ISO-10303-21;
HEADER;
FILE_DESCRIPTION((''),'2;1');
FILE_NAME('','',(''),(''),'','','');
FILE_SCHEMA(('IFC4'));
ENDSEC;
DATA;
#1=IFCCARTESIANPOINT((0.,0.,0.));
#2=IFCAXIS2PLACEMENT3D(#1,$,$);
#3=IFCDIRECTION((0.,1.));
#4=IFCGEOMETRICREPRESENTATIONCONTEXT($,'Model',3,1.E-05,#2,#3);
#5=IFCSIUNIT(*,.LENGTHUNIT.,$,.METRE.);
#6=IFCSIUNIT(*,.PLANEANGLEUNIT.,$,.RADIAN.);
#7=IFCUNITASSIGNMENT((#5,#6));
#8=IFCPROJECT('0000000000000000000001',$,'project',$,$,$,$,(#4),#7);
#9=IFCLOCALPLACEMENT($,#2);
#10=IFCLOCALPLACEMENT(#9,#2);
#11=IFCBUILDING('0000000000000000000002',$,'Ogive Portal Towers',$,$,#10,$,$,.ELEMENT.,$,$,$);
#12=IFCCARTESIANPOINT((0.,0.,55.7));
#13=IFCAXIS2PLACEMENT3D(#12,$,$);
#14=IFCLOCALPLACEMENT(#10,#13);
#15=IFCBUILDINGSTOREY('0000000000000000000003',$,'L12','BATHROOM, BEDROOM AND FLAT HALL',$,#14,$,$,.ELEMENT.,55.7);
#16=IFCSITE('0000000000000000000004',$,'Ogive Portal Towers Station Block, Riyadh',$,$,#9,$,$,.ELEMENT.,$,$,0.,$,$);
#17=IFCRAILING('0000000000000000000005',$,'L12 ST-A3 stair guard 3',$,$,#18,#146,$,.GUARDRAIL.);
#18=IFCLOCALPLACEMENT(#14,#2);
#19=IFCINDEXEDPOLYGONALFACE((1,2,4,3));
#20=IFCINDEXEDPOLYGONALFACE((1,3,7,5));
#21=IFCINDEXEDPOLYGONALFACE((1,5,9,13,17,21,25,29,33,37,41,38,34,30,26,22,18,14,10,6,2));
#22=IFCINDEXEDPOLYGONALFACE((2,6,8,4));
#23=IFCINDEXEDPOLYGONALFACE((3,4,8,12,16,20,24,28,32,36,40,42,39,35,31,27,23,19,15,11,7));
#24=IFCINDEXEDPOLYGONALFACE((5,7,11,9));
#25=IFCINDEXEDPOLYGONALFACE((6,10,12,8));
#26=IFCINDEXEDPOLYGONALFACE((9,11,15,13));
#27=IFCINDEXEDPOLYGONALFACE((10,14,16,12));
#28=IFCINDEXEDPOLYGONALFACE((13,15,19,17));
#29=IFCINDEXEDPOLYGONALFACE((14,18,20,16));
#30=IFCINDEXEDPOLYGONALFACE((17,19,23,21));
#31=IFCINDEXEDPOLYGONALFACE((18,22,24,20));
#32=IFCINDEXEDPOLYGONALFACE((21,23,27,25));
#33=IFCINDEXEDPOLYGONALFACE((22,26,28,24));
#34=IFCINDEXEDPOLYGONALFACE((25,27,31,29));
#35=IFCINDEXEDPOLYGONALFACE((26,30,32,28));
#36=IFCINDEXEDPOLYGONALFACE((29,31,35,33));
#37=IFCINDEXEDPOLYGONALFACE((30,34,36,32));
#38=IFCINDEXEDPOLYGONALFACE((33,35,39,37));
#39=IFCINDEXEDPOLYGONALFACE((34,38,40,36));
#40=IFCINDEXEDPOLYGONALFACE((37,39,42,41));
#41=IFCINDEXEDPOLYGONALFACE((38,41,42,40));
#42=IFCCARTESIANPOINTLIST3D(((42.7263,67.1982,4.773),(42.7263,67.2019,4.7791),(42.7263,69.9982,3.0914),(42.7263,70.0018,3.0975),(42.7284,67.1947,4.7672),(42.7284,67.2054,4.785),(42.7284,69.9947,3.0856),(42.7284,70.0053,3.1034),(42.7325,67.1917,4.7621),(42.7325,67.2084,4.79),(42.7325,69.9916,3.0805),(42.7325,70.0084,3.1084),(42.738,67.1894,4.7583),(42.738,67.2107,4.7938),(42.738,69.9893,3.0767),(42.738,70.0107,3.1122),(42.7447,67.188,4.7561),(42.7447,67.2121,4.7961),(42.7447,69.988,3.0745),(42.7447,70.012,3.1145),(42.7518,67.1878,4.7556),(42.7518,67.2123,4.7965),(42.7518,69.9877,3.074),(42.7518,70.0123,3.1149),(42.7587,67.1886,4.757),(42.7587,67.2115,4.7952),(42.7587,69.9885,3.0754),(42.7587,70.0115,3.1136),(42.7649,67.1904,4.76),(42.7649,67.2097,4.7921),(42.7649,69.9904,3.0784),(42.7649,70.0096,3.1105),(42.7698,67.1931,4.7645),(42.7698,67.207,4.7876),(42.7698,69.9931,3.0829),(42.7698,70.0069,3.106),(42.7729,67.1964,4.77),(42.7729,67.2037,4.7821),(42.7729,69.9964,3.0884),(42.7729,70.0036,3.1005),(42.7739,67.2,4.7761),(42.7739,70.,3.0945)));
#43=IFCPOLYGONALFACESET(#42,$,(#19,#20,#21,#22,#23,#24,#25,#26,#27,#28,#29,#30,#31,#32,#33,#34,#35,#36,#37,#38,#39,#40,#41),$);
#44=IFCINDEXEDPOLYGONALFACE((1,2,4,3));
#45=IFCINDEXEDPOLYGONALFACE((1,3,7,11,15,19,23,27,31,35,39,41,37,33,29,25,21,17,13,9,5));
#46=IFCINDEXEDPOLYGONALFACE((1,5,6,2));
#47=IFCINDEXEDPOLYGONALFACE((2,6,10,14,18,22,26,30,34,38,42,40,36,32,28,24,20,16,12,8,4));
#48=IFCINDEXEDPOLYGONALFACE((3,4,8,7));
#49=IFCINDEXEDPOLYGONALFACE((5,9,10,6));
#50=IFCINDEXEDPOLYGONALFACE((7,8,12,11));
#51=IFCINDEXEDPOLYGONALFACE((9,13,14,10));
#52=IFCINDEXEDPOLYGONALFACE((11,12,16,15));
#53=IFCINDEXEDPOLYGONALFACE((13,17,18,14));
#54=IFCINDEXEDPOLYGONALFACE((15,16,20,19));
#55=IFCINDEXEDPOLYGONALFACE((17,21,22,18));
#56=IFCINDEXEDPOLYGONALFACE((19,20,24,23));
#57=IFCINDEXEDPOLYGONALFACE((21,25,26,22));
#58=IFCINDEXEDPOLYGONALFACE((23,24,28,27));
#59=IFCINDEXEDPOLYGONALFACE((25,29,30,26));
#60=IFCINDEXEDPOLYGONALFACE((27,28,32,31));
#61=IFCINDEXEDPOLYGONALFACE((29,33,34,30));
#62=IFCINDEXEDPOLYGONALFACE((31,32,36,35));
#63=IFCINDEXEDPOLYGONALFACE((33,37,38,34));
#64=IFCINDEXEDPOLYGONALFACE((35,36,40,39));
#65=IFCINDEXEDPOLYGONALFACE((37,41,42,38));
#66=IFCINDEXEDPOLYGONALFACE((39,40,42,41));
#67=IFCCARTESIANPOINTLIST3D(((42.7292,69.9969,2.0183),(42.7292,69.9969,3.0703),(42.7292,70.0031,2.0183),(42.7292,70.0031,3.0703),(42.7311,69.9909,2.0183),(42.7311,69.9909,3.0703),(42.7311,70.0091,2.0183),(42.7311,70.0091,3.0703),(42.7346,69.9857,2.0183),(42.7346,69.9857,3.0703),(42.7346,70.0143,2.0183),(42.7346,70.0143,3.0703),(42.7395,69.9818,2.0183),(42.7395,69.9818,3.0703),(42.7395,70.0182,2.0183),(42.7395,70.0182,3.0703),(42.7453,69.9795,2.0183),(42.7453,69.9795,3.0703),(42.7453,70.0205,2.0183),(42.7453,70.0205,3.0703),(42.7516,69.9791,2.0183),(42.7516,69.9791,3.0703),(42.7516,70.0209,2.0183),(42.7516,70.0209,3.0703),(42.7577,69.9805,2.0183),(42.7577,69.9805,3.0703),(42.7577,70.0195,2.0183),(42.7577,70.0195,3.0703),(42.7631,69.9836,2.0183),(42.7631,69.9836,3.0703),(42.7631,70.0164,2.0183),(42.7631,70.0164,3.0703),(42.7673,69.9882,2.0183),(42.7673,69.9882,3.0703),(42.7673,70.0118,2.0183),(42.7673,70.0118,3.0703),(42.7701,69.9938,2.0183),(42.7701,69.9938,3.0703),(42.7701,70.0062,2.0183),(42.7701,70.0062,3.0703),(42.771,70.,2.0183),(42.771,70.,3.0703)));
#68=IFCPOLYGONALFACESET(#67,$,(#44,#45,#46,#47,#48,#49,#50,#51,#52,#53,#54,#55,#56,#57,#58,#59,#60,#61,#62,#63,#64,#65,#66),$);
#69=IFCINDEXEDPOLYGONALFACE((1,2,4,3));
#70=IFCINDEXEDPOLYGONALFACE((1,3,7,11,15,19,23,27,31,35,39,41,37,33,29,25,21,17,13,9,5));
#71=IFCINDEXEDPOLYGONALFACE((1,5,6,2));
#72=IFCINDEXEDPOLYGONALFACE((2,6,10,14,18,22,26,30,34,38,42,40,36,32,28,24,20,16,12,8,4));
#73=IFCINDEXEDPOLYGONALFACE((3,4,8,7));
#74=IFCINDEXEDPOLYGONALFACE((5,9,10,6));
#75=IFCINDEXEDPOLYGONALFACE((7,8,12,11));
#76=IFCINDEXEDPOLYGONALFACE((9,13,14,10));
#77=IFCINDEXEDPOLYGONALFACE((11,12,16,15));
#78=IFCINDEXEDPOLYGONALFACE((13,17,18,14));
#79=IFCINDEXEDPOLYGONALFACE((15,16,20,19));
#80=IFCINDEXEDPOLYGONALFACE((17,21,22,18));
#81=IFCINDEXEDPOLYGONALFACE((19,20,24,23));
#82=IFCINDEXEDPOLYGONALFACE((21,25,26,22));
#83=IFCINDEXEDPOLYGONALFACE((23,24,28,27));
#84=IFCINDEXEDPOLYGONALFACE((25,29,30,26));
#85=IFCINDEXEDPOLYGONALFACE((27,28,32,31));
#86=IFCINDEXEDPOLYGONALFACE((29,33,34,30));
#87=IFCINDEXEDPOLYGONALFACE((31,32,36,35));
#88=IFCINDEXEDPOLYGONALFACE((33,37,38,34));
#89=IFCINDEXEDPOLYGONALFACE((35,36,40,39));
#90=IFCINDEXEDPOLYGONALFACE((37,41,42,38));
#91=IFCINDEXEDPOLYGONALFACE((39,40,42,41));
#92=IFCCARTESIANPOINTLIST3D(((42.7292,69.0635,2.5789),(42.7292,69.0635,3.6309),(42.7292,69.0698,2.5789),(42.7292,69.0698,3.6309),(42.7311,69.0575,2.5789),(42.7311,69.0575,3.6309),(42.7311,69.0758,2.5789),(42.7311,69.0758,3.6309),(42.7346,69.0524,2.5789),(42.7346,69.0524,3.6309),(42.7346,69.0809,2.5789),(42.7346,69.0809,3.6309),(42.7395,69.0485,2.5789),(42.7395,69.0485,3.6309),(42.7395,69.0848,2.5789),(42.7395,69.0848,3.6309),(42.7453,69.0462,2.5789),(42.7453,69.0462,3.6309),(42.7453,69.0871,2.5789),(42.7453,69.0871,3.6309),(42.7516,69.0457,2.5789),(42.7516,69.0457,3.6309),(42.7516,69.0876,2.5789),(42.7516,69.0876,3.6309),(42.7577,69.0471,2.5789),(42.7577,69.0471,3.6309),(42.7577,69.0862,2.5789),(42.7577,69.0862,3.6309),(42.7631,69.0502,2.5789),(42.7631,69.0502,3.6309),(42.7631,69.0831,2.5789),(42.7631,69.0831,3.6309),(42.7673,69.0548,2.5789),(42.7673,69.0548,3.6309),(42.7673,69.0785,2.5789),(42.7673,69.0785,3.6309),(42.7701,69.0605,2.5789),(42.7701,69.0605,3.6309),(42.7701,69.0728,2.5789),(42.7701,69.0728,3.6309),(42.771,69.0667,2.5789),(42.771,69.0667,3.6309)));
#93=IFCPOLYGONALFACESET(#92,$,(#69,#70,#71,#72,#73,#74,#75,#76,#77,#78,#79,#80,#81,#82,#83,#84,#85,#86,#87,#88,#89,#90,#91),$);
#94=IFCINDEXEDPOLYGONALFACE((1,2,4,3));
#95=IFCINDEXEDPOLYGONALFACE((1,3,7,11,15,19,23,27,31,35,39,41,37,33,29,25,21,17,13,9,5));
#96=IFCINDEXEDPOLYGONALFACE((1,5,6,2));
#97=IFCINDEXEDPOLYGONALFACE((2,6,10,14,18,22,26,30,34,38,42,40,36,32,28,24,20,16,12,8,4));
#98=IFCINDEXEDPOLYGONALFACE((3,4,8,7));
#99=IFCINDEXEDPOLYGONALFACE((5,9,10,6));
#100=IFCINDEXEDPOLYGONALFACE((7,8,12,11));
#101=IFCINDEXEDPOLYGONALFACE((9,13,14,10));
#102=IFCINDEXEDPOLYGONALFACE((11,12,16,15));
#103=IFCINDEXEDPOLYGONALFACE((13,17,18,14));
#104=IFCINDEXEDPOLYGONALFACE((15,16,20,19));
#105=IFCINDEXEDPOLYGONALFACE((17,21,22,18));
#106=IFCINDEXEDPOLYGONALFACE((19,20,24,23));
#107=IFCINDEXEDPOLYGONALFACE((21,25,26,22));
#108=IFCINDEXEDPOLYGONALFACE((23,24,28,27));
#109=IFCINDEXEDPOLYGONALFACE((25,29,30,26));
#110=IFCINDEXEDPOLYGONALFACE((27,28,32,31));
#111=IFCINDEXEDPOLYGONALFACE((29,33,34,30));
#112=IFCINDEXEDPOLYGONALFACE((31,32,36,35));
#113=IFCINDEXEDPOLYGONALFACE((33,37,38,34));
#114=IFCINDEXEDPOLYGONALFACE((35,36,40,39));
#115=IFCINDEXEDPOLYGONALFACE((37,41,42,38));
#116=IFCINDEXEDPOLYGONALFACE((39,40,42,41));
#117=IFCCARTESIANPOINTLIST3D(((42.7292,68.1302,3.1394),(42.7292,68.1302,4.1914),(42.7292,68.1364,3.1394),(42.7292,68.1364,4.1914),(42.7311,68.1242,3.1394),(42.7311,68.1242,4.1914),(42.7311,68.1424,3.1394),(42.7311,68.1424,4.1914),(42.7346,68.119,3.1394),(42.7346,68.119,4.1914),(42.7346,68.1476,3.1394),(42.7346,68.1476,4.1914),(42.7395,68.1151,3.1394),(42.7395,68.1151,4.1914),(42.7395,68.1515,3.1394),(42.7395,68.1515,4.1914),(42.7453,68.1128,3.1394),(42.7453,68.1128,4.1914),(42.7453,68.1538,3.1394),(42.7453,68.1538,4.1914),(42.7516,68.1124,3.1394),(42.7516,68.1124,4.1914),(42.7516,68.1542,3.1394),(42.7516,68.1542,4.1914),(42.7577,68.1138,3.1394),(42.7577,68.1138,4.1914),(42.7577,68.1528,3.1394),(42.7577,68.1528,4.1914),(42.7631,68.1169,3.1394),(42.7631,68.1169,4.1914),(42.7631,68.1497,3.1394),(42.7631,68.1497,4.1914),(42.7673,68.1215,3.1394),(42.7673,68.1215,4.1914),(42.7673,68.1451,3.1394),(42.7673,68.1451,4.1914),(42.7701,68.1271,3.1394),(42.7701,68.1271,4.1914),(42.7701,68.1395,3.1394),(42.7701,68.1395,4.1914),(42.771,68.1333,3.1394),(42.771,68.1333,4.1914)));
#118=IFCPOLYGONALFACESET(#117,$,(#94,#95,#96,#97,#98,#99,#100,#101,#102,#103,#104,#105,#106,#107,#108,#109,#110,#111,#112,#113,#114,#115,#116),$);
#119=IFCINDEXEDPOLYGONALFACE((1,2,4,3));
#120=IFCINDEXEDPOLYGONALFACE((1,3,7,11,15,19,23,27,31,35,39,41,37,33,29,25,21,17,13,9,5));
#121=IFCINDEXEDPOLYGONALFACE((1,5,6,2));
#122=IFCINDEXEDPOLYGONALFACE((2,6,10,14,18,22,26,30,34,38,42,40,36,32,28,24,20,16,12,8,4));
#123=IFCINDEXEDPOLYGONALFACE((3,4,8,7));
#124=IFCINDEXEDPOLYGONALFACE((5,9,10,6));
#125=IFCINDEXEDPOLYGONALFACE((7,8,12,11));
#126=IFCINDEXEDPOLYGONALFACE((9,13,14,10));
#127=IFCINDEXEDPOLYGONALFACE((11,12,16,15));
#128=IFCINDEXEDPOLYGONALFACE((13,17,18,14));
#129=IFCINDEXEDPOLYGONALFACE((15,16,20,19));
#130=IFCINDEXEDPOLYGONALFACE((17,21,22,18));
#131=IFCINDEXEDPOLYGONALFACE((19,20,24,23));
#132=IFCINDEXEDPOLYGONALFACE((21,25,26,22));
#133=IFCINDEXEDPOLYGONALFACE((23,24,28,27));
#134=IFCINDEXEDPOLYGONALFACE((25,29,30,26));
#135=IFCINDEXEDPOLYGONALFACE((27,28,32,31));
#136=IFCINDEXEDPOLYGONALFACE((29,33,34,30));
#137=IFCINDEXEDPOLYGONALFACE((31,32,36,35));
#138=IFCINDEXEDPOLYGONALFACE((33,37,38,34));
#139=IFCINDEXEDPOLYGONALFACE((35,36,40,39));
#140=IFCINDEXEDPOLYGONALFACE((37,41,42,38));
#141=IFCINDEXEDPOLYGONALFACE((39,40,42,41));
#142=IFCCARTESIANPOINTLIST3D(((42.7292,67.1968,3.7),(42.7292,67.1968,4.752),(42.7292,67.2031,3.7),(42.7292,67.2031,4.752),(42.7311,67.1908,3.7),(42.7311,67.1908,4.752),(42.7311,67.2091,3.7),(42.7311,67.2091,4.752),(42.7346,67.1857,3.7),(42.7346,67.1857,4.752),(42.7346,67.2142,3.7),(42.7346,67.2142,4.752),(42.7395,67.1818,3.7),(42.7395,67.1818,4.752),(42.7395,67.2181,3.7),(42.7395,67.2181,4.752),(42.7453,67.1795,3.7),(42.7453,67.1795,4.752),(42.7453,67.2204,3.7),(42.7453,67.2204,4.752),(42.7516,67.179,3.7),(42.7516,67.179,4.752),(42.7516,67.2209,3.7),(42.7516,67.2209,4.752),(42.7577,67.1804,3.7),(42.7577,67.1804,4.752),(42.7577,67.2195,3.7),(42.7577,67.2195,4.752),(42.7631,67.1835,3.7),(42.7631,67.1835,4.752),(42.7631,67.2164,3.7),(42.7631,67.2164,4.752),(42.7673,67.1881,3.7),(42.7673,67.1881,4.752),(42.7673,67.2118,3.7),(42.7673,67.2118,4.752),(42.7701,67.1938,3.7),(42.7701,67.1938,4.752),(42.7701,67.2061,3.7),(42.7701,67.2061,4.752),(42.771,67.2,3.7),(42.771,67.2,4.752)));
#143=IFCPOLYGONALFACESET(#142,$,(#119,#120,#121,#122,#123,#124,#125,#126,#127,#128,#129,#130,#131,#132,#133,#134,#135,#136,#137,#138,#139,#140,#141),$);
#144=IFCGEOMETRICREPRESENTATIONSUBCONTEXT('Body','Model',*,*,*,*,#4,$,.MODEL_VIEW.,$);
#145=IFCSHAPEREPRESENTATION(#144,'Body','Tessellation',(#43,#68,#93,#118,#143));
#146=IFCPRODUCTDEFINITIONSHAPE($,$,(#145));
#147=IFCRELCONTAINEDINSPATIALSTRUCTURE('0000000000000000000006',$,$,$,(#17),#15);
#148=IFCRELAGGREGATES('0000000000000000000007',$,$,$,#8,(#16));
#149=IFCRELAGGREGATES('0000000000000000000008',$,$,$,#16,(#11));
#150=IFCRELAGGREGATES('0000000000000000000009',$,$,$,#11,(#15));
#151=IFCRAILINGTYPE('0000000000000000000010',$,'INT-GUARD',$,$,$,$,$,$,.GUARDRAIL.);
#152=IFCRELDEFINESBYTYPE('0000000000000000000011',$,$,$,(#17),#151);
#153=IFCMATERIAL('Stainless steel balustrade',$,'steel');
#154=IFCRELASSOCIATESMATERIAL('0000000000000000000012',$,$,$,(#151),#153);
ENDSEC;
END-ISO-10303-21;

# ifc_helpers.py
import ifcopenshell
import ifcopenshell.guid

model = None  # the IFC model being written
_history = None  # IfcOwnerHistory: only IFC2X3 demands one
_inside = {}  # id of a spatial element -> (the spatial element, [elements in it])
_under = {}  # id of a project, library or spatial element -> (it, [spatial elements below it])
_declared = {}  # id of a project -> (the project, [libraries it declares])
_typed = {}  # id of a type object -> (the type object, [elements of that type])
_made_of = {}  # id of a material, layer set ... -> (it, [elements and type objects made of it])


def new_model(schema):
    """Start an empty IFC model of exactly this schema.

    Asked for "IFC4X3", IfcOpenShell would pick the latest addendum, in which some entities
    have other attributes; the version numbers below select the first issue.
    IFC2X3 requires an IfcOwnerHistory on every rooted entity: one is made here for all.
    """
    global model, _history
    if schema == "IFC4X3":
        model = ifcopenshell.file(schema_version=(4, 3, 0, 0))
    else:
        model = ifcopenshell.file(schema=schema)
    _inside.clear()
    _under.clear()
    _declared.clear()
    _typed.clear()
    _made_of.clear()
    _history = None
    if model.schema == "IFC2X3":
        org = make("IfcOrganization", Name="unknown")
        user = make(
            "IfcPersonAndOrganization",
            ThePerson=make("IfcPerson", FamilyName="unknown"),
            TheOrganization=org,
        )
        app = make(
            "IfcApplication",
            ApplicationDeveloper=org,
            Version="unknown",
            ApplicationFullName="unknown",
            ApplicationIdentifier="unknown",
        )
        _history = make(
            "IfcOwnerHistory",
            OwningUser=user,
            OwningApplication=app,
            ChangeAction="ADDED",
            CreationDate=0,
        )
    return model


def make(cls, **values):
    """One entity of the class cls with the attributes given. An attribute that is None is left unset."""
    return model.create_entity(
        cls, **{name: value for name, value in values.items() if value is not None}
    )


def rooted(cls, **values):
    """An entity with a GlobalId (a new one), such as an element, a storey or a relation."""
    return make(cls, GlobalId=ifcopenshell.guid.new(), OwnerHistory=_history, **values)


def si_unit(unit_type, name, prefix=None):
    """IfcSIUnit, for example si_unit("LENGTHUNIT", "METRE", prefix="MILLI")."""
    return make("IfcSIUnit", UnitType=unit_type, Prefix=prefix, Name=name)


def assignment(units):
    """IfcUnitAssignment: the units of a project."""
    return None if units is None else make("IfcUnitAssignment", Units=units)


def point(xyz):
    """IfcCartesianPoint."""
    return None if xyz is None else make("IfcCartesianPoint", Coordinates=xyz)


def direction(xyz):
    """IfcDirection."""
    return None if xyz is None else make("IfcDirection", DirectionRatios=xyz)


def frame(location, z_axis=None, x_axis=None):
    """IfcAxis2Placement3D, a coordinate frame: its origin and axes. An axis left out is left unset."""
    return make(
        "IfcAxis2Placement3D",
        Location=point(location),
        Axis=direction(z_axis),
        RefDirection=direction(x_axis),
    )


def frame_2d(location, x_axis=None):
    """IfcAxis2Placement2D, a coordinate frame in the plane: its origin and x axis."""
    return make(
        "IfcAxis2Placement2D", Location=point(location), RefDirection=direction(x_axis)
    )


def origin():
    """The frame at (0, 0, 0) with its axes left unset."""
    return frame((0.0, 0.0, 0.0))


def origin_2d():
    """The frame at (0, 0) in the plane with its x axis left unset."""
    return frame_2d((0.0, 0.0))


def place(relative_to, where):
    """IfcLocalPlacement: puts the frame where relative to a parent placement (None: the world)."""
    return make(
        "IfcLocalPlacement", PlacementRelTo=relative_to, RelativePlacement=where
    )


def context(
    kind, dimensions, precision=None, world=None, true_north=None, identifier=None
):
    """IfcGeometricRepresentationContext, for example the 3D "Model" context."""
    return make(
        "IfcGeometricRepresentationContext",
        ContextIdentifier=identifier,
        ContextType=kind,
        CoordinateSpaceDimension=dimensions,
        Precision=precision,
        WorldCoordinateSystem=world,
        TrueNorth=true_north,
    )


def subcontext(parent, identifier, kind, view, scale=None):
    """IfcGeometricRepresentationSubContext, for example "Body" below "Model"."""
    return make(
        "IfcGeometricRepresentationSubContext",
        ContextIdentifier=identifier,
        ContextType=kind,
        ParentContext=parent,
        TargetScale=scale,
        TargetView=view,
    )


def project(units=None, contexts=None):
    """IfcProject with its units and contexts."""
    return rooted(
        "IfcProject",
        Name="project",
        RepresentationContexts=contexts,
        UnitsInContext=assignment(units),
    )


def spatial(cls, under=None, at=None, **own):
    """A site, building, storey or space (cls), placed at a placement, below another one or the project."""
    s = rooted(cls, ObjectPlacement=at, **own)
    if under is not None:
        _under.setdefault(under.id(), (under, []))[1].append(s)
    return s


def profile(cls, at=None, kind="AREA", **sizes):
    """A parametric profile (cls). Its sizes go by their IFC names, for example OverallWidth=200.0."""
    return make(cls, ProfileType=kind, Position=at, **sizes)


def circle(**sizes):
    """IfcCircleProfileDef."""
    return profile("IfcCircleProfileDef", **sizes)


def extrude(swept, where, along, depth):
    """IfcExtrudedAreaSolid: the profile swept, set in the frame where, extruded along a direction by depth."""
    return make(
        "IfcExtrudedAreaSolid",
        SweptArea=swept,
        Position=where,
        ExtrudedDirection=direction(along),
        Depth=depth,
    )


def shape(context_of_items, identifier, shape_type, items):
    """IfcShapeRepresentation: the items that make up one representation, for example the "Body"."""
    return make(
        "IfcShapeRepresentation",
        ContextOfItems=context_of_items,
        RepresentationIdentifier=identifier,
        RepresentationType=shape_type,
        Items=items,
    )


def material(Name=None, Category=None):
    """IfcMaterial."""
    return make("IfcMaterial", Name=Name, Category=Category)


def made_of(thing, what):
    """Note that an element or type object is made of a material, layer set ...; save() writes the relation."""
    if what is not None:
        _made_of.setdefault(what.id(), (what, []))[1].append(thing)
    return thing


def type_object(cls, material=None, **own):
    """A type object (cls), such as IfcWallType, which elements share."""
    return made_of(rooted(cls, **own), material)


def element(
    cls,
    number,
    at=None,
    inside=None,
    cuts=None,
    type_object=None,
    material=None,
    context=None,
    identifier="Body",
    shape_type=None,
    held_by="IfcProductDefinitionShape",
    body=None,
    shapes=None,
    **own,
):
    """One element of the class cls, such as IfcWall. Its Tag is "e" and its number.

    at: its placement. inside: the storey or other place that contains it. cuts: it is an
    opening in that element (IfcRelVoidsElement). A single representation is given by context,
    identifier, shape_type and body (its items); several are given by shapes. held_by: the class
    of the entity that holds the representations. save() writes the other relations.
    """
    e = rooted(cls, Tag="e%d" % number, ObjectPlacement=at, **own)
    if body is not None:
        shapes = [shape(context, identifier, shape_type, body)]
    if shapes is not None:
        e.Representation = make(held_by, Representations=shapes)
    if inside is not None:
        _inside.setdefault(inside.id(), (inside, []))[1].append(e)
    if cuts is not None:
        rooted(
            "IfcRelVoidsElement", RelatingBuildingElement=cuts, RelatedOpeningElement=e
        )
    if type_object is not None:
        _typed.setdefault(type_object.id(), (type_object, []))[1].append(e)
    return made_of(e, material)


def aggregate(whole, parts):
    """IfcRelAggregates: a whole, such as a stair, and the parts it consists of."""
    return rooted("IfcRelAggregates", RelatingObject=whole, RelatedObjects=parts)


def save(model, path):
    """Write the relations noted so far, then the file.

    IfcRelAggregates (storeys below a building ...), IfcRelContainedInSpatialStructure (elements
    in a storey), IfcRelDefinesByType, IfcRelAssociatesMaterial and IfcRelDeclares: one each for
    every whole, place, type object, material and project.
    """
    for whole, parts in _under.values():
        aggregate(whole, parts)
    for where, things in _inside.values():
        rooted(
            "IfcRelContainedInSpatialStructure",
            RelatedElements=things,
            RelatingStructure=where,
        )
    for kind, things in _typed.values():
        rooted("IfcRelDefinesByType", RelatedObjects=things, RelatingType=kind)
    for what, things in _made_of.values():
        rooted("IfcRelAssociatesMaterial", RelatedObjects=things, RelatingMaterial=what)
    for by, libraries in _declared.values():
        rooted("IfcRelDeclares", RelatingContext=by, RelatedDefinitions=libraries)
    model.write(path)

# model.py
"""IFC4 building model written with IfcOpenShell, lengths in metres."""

from ifc_helpers import new_model, si_unit, direction, frame, origin, origin_2d, place, context, subcontext, project, spatial, circle, extrude, material, type_object, element, save


model = new_model("IFC4")

# Units and contexts
model_context = context("Model", 3, precision=1e-05, world=origin(), true_north=direction((0.0, 1.0)))
body_context = subcontext(model_context, "Body", "Model", "MODEL_VIEW")
ifc_project = project(units=[si_unit("LENGTHUNIT", "METRE"), si_unit("PLANEANGLEUNIT", "RADIAN")], contexts=[model_context])

# Site, building, storey
site_placement = place(None, origin())
site = spatial("IfcSite", under=ifc_project, at=site_placement, Name="Ogive Portal Towers Station Block, Riyadh", CompositionType="ELEMENT", RefElevation=0.0)
building_placement = place(site_placement, origin())
building = spatial("IfcBuilding", under=site, at=building_placement, Name="Ogive Portal Towers", CompositionType="ELEMENT")
storey_placement = place(building_placement, frame((0.0, 0.0, 55.7)))
storey = spatial("IfcBuildingStorey", under=building, at=storey_placement, Name="L12", Description="BATHROOM, BEDROOM AND FLAT HALL", CompositionType="ELEMENT", Elevation=55.7)

# Railing
ifc_material_1 = material(Name="Stainless steel balustrade", Category="steel")
railing_type_1 = type_object("IfcRailingType", Name="INT-GUARD", PredefinedType="GUARDRAIL", material=ifc_material_1)
railing_1_placement = place(storey_placement, frame((42.75, 70.0, 2.0183)))
element("IfcRailing", 1, at=railing_1_placement, inside=storey, type_object=railing_type_1, Name="L12 ST-A3 stair guard 3", PredefinedType="GUARDRAIL", context=body_context, shape_type="SweptSolid", body=[
    extrude(circle(Radius=0.0239, at=origin_2d()), frame((0.0, 0.0, 1.0762), z_axis=(0.0, -0.857275, 0.514858), x_axis=(1.0, 0.0, 0.0)), (0.0, 0.0, 1.0), 3.2661),
    extrude(circle(Radius=0.021, at=origin_2d()), origin(), (0.0, 0.0, 1.0), 1.052),
    extrude(circle(Radius=0.021, at=origin_2d()), frame((0.0, -0.9333, 0.5605)), (0.0, 0.0, 1.0), 1.052),
    extrude(circle(Radius=0.021, at=origin_2d()), frame((0.0, -1.8667, 1.1211)), (0.0, 0.0, 1.0), 1.052),
    extrude(circle(Radius=0.021, at=origin_2d()), frame((0.0, -2.8, 1.6816)), (0.0, 0.0, 1.0), 1.052),
])

save(model, "model.ifc")
